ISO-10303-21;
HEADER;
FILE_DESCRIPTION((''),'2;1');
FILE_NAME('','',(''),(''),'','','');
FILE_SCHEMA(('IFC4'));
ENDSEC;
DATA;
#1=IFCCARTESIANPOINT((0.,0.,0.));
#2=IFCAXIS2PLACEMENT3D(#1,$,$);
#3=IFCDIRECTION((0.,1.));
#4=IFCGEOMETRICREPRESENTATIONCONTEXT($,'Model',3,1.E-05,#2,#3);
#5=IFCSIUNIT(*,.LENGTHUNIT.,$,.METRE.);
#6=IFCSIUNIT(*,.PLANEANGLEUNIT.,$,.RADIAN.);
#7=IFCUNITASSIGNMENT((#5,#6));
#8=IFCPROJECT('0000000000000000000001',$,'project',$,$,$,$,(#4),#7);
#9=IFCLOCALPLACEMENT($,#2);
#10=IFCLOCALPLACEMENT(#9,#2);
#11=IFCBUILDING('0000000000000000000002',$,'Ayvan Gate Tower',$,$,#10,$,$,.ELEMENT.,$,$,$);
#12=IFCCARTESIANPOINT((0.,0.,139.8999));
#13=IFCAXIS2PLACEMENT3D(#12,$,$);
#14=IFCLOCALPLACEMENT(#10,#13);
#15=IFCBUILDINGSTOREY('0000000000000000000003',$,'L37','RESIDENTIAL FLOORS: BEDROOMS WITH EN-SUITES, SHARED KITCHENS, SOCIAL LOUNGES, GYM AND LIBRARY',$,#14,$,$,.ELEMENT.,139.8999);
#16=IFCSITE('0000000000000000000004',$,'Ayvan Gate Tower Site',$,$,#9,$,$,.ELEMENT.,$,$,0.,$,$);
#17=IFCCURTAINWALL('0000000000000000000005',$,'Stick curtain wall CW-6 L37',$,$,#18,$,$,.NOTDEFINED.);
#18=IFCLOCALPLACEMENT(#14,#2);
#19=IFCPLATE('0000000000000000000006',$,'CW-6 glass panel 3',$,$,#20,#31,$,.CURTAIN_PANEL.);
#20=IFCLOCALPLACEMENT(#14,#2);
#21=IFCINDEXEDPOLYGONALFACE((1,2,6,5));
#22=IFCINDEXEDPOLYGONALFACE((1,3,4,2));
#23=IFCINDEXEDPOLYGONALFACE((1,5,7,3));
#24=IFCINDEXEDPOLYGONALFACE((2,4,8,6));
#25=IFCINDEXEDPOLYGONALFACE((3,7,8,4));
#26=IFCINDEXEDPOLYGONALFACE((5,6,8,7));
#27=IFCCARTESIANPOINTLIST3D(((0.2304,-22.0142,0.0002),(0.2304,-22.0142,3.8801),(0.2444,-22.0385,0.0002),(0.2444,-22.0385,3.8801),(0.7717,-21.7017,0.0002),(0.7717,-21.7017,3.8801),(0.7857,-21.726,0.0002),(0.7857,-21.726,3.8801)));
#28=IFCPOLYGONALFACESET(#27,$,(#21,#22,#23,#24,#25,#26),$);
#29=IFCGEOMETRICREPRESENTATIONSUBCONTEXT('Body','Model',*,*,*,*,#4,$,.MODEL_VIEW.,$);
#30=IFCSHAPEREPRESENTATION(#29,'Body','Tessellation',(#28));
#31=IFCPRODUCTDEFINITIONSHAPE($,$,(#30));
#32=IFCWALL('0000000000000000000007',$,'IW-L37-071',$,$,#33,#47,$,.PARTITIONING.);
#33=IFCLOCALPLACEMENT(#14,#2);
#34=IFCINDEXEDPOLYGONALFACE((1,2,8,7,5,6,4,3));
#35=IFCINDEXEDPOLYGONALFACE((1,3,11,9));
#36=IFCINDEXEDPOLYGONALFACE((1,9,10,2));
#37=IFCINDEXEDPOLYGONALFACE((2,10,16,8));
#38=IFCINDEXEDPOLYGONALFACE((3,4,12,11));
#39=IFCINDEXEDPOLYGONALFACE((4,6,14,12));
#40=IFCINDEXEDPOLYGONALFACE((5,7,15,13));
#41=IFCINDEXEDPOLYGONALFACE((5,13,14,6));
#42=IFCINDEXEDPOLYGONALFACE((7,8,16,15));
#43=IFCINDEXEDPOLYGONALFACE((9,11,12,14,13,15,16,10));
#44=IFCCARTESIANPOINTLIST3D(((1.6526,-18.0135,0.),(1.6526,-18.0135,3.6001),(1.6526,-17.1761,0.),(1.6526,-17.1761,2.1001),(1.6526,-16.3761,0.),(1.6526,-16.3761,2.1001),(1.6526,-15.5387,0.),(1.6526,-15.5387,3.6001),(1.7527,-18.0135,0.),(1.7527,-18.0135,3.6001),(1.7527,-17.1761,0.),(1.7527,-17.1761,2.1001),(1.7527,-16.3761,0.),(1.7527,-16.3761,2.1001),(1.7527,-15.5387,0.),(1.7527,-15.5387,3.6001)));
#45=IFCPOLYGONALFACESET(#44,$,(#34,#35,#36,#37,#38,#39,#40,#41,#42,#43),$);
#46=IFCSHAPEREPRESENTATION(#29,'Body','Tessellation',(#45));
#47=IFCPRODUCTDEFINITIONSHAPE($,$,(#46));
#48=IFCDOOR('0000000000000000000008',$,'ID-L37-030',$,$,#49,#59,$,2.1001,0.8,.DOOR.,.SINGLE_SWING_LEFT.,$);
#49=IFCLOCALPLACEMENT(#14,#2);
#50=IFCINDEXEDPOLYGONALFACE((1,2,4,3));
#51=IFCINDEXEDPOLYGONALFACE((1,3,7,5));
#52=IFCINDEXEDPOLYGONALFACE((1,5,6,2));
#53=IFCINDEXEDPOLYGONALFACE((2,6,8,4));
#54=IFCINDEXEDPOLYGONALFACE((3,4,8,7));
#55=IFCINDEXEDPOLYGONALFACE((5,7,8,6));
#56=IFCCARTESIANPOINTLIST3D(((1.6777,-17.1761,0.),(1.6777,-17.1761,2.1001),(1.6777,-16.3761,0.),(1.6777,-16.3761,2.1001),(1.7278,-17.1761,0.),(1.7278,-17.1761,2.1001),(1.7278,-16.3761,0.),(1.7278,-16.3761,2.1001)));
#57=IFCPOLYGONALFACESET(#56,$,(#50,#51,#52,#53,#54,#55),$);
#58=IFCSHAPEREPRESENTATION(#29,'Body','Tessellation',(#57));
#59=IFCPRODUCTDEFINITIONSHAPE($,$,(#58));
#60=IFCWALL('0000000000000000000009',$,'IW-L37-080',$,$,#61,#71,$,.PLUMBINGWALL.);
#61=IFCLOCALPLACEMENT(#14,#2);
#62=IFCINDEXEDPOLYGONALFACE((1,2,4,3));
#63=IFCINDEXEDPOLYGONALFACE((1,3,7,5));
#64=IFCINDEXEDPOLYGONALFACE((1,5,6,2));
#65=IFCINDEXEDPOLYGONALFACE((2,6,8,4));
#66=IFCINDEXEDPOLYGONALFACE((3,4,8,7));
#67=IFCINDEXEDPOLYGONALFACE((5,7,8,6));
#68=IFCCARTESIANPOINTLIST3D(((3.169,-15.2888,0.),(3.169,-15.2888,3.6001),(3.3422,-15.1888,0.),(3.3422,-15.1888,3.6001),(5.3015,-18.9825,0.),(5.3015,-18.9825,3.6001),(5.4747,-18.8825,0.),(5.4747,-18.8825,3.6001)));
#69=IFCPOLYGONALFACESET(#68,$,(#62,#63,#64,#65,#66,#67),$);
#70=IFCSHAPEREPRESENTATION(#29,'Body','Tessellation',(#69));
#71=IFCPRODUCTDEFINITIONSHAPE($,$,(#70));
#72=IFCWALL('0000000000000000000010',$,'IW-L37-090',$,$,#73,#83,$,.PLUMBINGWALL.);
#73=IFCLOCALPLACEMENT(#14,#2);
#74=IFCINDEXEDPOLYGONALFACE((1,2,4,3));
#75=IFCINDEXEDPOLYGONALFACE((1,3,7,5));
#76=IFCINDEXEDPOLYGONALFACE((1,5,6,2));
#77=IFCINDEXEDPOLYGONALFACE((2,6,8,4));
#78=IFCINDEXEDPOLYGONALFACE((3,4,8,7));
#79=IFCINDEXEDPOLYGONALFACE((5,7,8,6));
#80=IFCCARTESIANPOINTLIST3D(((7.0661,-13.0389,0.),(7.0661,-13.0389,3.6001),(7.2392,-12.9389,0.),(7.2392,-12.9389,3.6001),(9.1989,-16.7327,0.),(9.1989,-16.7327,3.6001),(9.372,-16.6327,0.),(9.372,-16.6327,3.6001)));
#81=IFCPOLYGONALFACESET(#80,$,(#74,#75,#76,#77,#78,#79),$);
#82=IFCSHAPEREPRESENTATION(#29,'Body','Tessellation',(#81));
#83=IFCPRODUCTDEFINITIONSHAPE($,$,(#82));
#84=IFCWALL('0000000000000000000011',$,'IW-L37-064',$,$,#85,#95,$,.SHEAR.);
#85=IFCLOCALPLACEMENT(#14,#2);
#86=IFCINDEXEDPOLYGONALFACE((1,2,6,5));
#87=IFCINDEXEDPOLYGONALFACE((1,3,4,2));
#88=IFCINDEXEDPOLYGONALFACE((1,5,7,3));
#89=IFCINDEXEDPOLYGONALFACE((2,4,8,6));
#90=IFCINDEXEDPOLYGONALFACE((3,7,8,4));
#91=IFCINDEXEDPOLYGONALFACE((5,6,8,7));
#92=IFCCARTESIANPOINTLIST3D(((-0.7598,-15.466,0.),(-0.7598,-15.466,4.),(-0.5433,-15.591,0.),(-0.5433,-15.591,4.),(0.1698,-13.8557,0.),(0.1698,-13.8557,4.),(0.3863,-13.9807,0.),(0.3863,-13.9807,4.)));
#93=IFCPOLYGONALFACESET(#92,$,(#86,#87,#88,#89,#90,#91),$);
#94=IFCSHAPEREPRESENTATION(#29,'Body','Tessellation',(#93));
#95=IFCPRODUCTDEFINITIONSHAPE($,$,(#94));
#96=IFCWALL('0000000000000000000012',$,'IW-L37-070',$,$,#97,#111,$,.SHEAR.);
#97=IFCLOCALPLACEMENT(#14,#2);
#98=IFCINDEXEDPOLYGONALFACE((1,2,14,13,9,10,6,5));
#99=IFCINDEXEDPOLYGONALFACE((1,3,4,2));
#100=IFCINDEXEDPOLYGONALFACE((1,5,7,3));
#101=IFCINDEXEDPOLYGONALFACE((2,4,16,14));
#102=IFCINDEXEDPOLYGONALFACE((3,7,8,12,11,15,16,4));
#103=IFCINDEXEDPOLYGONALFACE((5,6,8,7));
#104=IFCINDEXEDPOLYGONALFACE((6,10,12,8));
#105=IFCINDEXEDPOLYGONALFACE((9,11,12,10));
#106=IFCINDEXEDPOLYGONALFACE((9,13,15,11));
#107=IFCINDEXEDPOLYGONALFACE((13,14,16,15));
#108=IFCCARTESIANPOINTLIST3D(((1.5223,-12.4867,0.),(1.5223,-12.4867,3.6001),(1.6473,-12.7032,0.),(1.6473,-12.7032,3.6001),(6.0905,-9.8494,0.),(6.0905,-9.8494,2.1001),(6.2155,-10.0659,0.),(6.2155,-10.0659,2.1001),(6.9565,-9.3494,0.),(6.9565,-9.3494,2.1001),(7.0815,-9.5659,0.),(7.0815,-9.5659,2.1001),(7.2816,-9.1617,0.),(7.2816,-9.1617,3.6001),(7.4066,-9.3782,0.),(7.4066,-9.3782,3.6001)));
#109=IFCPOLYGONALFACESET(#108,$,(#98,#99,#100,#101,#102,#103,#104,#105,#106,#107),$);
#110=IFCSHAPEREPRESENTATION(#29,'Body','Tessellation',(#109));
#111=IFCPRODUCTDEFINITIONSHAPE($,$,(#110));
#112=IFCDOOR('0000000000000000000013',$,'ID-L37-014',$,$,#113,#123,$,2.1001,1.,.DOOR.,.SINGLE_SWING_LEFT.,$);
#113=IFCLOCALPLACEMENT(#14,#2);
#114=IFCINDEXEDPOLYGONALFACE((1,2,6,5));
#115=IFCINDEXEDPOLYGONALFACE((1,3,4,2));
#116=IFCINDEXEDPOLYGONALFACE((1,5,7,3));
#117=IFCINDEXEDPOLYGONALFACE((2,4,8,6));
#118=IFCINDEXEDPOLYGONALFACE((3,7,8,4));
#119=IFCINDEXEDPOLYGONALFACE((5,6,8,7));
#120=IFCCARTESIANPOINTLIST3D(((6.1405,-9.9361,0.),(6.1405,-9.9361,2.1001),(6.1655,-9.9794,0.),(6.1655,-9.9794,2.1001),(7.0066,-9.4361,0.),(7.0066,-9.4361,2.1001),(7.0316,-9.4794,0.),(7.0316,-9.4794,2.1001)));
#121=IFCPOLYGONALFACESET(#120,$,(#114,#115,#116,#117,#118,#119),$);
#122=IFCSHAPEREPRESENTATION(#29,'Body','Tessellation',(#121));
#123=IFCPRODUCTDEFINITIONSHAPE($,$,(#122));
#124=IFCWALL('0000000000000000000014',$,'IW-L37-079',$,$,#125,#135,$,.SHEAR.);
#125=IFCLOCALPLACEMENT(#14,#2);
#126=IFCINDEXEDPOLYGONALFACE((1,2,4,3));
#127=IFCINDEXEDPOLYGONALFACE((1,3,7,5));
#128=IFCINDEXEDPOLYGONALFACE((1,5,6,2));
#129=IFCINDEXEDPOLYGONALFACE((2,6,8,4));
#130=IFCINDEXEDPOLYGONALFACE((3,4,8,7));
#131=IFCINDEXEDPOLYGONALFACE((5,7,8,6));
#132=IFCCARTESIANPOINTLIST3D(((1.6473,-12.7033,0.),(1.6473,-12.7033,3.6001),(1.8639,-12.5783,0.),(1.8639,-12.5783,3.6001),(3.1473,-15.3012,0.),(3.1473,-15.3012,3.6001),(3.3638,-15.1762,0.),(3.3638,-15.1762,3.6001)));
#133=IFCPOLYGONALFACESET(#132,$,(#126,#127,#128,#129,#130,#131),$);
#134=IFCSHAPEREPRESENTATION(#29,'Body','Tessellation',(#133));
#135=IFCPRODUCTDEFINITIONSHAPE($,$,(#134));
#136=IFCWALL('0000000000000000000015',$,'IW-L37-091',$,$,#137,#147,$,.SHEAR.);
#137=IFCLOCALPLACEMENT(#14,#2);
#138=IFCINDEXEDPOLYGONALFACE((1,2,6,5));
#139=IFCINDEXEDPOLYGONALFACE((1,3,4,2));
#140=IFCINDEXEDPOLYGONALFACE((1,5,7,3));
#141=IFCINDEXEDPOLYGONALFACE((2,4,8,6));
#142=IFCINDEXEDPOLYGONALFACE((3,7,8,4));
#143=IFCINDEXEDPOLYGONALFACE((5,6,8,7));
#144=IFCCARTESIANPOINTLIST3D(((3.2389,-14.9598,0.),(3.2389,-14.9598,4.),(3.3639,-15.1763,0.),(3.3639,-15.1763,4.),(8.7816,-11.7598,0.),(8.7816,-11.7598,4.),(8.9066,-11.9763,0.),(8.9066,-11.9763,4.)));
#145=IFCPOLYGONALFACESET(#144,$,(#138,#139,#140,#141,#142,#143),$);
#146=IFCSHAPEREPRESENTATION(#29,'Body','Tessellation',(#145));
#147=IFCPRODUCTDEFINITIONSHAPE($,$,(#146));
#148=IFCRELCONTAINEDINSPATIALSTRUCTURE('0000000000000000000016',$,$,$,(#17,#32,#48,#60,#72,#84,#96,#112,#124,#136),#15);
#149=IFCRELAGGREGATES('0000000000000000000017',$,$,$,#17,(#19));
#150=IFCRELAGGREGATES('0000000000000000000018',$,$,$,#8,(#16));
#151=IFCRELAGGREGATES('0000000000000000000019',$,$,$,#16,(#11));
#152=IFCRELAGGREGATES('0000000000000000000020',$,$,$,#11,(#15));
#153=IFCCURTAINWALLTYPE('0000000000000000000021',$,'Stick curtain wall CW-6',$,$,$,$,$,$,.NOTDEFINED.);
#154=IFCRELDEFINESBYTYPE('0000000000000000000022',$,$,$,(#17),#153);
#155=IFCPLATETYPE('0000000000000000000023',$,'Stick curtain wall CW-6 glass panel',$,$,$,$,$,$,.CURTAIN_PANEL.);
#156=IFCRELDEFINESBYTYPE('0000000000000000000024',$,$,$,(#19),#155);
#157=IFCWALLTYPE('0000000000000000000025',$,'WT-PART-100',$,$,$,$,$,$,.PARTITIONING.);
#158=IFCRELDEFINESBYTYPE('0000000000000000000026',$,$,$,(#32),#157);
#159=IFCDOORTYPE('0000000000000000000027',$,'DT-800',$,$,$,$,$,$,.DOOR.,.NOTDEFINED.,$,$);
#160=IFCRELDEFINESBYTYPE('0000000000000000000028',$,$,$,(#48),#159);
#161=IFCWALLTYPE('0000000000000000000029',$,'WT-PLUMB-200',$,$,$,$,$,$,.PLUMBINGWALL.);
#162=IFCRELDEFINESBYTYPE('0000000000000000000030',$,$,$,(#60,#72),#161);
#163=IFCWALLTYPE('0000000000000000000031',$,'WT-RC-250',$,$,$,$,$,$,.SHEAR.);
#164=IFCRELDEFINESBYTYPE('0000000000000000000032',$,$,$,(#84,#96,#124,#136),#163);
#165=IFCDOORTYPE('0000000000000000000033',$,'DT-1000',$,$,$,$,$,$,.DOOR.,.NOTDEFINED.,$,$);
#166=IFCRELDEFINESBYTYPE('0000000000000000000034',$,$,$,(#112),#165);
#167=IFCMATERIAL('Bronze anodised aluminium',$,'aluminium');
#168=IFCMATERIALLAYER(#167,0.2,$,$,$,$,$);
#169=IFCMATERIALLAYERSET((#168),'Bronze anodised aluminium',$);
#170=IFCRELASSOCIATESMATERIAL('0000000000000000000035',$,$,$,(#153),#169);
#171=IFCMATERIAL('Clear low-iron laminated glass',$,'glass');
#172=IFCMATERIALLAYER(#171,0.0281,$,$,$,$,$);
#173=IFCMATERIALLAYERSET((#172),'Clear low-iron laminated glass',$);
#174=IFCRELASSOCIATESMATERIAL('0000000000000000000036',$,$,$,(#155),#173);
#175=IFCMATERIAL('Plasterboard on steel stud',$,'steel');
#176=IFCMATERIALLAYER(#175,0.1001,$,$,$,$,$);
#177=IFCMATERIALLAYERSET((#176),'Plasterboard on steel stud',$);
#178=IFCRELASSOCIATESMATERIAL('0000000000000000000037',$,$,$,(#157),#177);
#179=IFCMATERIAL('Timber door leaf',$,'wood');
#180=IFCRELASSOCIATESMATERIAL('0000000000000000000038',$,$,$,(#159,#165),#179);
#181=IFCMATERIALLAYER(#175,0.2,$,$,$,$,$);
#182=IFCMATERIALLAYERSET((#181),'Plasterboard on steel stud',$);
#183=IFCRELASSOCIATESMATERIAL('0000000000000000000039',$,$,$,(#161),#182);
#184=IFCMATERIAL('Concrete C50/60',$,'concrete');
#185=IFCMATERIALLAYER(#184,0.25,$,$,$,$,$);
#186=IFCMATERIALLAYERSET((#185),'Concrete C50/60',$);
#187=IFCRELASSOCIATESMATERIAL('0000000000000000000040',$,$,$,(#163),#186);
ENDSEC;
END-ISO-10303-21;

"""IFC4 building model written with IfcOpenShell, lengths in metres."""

from ifc_helpers import new_model, si_unit, direction, frame, frame_2d, origin, origin_2d, place, context, subcontext, project, spatial, rectangle, extrude, material, layer, layer_set, type_object, element, fill, aggregate, save


model = new_model("IFC4")

# Units and contexts
model_context = context("Model", 3, precision=1e-05, world=origin(), true_north=direction((0.0, 1.0)))
body_context = subcontext(model_context, "Body", "Model", "MODEL_VIEW")
ifc_project = project(units=[si_unit("LENGTHUNIT", "METRE"), si_unit("PLANEANGLEUNIT", "RADIAN")], contexts=[model_context])

# Site, building, storey
site_placement = place(None, origin())
site = spatial("IfcSite", under=ifc_project, at=site_placement, Name="Ayvan Gate Tower Site", CompositionType="ELEMENT", RefElevation=0.0)
building_placement = place(site_placement, origin())
building = spatial("IfcBuilding", under=site, at=building_placement, Name="Ayvan Gate Tower", CompositionType="ELEMENT")
storey_placement = place(building_placement, frame((0.0, 0.0, 139.8999)))
storey = spatial("IfcBuildingStorey", under=building, at=storey_placement, Name="L37", Description="RESIDENTIAL FLOORS: BEDROOMS WITH EN-SUITES, SHARED KITCHENS, SOCIAL LOUNGES, GYM AND LIBRARY", CompositionType="ELEMENT", Elevation=139.8999)

# Curtain wall
ifc_material_1 = material(Name="Bronze anodised aluminium", Category="aluminium")
ifc_layer_1 = layer(ifc_material_1, 0.2)
ifc_layer_set_1 = layer_set([ifc_layer_1], Name="Bronze anodised aluminium")
curtain_wall_type_1 = type_object("IfcCurtainWallType", Name="Stick curtain wall CW-6", PredefinedType="NOTDEFINED", material=ifc_layer_set_1)
curtain_wall_1_placement = place(storey_placement, origin())
curtain_wall_1 = element("IfcCurtainWall", 1, at=curtain_wall_1_placement, inside=storey, type_object=curtain_wall_type_1, Name="Stick curtain wall CW-6 L37", PredefinedType="NOTDEFINED")

# Plate
ifc_material_2 = material(Name="Clear low-iron laminated glass", Category="glass")
ifc_layer_2 = layer(ifc_material_2, 0.0281)
ifc_layer_set_2 = layer_set([ifc_layer_2], Name="Clear low-iron laminated glass")
plate_type_1 = type_object("IfcPlateType", Name="Stick curtain wall CW-6 glass panel", PredefinedType="CURTAIN_PANEL", material=ifc_layer_set_2)
plate_1_placement = place(storey_placement, frame((0.5081, -21.8701, 0.0002), z_axis=(0.0, 0.0, 1.0), x_axis=(0.866025, 0.5, 0.0)))
plate_1 = element("IfcPlate", 2, at=plate_1_placement, type_object=plate_type_1, Name="CW-6 glass panel 3", PredefinedType="CURTAIN_PANEL", context=body_context, shape_type="SweptSolid", body=[
    extrude(rectangle(XDim=0.625, YDim=0.0281, at=origin_2d()), origin(), (0.0, 0.0, 1.0), 3.8799),
])
aggregate(curtain_wall_1, [plate_1])

# Wall, opening, door
ifc_material_3 = material(Name="Plasterboard on steel stud", Category="steel")
ifc_layer_3 = layer(ifc_material_3, 0.1001)
ifc_layer_set_3 = layer_set([ifc_layer_3], Name="Plasterboard on steel stud")
wall_type_1 = type_object("IfcWallType", Name="WT-PART-100", PredefinedType="PARTITIONING", material=ifc_layer_set_3)
wall_1_placement = place(storey_placement, frame((1.7026, -18.0134, 0.0), z_axis=(0.0, 0.0, 1.0), x_axis=(0.0, 1.0, 0.0)))
wall_1 = element("IfcWall", 3, at=wall_1_placement, inside=storey, type_object=wall_type_1, Name="IW-L37-071", PredefinedType="PARTITIONING", context=body_context, shape_type="SweptSolid", body=[
    extrude(rectangle(XDim=2.4749, YDim=0.1001, at=frame_2d((1.2373, 0.0))), origin(), (0.0, 0.0, 1.0), 3.6001),
])
opening_1_placement = place(wall_1_placement, frame((0.8374, 0.0, 0.0)))
opening_1 = element("IfcOpeningElement", 4, at=opening_1_placement, cuts=wall_1, PredefinedType="OPENING", context=body_context, shape_type="SweptSolid", body=[
    extrude(rectangle(XDim=0.8, YDim=2.1001, at=frame_2d((0.3999, 1.05))), frame((0.0, 0.0601, 0.0), z_axis=(0.0, -1.0, 0.0), x_axis=(1.0, 0.0, 0.0)), (0.0, 0.0, 1.0), 0.1201),
])
ifc_material_4 = material(Name="Timber door leaf", Category="wood")
door_type_1 = type_object("IfcDoorType", Name="DT-800", OperationType="NOTDEFINED", PredefinedType="DOOR", material=ifc_material_4)
door_1_placement = place(opening_1_placement, origin())
door_1 = element("IfcDoor", 5, at=door_1_placement, inside=storey, type_object=door_type_1, Name="ID-L37-030", OperationType="SINGLE_SWING_LEFT", OverallHeight=2.1001, OverallWidth=0.8, PredefinedType="DOOR", context=body_context, shape_type="SweptSolid", body=[
    extrude(rectangle(XDim=0.8, YDim=2.1001, at=frame_2d((0.3999, 1.05))), frame((0.0, 0.0249, 0.0), z_axis=(0.0, -1.0, 0.0), x_axis=(1.0, 0.0, 0.0)), (0.0, 0.0, 1.0), 0.05),
])
fill(opening_1, door_1)

# Walls
ifc_layer_4 = layer(ifc_material_3, 0.2)
ifc_layer_set_4 = layer_set([ifc_layer_4], Name="Plasterboard on steel stud")
wall_type_2 = type_object("IfcWallType", Name="WT-PLUMB-200", PredefinedType="PLUMBINGWALL", material=ifc_layer_set_4)
wall_2_placement = place(storey_placement, frame((3.2556, -15.2388, 0.0), z_axis=(0.0, 0.0, 1.0), x_axis=(0.499987, -0.866033, 0.0)))
element("IfcWall", 6, at=wall_2_placement, inside=storey, type_object=wall_type_2, Name="IW-L37-080", PredefinedType="PLUMBINGWALL", context=body_context, shape_type="SweptSolid", body=[
    extrude(rectangle(XDim=4.2651, YDim=0.2, at=frame_2d((2.1326, 0.0))), origin(), (0.0, 0.0, 1.0), 3.6001),
])
wall_3_placement = place(storey_placement, frame((7.1526, -12.9888, 0.0), z_axis=(0.0, 0.0, 1.0), x_axis=(0.50003, -0.866008, 0.0)))
element("IfcWall", 7, at=wall_3_placement, inside=storey, type_object=wall_type_2, Name="IW-L37-090", PredefinedType="PLUMBINGWALL", context=body_context, shape_type="SweptSolid", body=[
    extrude(rectangle(XDim=4.2654, YDim=0.2, at=frame_2d((2.1328, 0.0))), origin(), (0.0, 0.0, 1.0), 3.6001),
])
ifc_material_5 = material(Name="Concrete C50/60", Category="concrete")
ifc_layer_5 = layer(ifc_material_5, 0.25)
ifc_layer_set_5 = layer_set([ifc_layer_5], Name="Concrete C50/60")
wall_type_3 = type_object("IfcWallType", Name="WT-RC-250", PredefinedType="SHEAR", material=ifc_layer_set_5)
wall_4_placement = place(storey_placement, frame((0.2781, -13.9182, 0.0), z_axis=(0.0, 0.0, 1.0), x_axis=(-0.49998, -0.866037, 0.0)))
element("IfcWall", 8, at=wall_4_placement, inside=storey, type_object=wall_type_3, Name="IW-L37-064", PredefinedType="SHEAR", context=body_context, shape_type="SweptSolid", body=[
    extrude(rectangle(XDim=1.8594, YDim=0.25, at=frame_2d((0.9297, 0.0))), origin(), (0.0, 0.0, 1.0), 4.0),
])

# Wall, opening, door
wall_5_placement = place(storey_placement, frame((1.5847, -12.595, 0.0), z_axis=(0.0, 0.0, 1.0), x_axis=(0.866036, 0.499981, 0.0)))
wall_5 = element("IfcWall", 9, at=wall_5_placement, inside=storey, type_object=wall_type_3, Name="IW-L37-070", PredefinedType="SHEAR", context=body_context, shape_type="SweptSolid", body=[
    extrude(rectangle(XDim=6.6501, YDim=0.25, at=frame_2d((3.3252, 0.0))), origin(), (0.0, 0.0, 1.0), 3.6001),
])
opening_2_placement = place(wall_5_placement, frame((5.2749, 0.0, 0.0)))
opening_2 = element("IfcOpeningElement", 10, at=opening_2_placement, cuts=wall_5, PredefinedType="OPENING", context=body_context, shape_type="SweptSolid", body=[
    extrude(rectangle(XDim=1.0, YDim=2.1001, at=frame_2d((0.5, 1.05))), frame((0.0, 0.135, 0.0), z_axis=(0.0, -1.0, 0.0), x_axis=(1.0, 0.0, 0.0)), (0.0, 0.0, 1.0), 0.27),
])
door_type_2 = type_object("IfcDoorType", Name="DT-1000", OperationType="NOTDEFINED", PredefinedType="DOOR", material=ifc_material_4)
door_2_placement = place(opening_2_placement, origin())
door_2 = element("IfcDoor", 11, at=door_2_placement, inside=storey, type_object=door_type_2, Name="ID-L37-014", OperationType="SINGLE_SWING_LEFT", OverallHeight=2.1001, OverallWidth=1.0, PredefinedType="DOOR", context=body_context, shape_type="SweptSolid", body=[
    extrude(rectangle(XDim=1.0, YDim=2.1001, at=frame_2d((0.5, 1.05))), frame((0.0, 0.0249, 0.0), z_axis=(0.0, -1.0, 0.0), x_axis=(1.0, 0.0, 0.0)), (0.0, 0.0, 1.0), 0.05),
])
fill(opening_2, door_2)

# Walls
wall_6_placement = place(storey_placement, frame((3.2556, -15.2388, 0.0), z_axis=(0.0, 0.0, 1.0), x_axis=(-0.500025, 0.866011, 0.0)))
element("IfcWall", 12, at=wall_6_placement, inside=storey, type_object=wall_type_3, Name="IW-L37-079", PredefinedType="SHEAR", context=body_context, shape_type="SweptSolid", body=[
    extrude(rectangle(XDim=2.9998, YDim=0.25, at=frame_2d((1.5, 0.0))), origin(), (0.0, 0.0, 1.0), 3.6001),
])
wall_7_placement = place(storey_placement, frame((3.3013, -15.0681, 0.0), z_axis=(0.0, 0.0, 1.0), x_axis=(0.866035, 0.499983, 0.0)))
element("IfcWall", 13, at=wall_7_placement, inside=storey, type_object=wall_type_3, Name="IW-L37-091", PredefinedType="SHEAR", context=body_context, shape_type="SweptSolid", body=[
    extrude(rectangle(XDim=6.4001, YDim=0.25, at=frame_2d((3.2002, 0.0))), origin(), (0.0, 0.0, 1.0), 4.0),
])

save(model, "model.ifc")
